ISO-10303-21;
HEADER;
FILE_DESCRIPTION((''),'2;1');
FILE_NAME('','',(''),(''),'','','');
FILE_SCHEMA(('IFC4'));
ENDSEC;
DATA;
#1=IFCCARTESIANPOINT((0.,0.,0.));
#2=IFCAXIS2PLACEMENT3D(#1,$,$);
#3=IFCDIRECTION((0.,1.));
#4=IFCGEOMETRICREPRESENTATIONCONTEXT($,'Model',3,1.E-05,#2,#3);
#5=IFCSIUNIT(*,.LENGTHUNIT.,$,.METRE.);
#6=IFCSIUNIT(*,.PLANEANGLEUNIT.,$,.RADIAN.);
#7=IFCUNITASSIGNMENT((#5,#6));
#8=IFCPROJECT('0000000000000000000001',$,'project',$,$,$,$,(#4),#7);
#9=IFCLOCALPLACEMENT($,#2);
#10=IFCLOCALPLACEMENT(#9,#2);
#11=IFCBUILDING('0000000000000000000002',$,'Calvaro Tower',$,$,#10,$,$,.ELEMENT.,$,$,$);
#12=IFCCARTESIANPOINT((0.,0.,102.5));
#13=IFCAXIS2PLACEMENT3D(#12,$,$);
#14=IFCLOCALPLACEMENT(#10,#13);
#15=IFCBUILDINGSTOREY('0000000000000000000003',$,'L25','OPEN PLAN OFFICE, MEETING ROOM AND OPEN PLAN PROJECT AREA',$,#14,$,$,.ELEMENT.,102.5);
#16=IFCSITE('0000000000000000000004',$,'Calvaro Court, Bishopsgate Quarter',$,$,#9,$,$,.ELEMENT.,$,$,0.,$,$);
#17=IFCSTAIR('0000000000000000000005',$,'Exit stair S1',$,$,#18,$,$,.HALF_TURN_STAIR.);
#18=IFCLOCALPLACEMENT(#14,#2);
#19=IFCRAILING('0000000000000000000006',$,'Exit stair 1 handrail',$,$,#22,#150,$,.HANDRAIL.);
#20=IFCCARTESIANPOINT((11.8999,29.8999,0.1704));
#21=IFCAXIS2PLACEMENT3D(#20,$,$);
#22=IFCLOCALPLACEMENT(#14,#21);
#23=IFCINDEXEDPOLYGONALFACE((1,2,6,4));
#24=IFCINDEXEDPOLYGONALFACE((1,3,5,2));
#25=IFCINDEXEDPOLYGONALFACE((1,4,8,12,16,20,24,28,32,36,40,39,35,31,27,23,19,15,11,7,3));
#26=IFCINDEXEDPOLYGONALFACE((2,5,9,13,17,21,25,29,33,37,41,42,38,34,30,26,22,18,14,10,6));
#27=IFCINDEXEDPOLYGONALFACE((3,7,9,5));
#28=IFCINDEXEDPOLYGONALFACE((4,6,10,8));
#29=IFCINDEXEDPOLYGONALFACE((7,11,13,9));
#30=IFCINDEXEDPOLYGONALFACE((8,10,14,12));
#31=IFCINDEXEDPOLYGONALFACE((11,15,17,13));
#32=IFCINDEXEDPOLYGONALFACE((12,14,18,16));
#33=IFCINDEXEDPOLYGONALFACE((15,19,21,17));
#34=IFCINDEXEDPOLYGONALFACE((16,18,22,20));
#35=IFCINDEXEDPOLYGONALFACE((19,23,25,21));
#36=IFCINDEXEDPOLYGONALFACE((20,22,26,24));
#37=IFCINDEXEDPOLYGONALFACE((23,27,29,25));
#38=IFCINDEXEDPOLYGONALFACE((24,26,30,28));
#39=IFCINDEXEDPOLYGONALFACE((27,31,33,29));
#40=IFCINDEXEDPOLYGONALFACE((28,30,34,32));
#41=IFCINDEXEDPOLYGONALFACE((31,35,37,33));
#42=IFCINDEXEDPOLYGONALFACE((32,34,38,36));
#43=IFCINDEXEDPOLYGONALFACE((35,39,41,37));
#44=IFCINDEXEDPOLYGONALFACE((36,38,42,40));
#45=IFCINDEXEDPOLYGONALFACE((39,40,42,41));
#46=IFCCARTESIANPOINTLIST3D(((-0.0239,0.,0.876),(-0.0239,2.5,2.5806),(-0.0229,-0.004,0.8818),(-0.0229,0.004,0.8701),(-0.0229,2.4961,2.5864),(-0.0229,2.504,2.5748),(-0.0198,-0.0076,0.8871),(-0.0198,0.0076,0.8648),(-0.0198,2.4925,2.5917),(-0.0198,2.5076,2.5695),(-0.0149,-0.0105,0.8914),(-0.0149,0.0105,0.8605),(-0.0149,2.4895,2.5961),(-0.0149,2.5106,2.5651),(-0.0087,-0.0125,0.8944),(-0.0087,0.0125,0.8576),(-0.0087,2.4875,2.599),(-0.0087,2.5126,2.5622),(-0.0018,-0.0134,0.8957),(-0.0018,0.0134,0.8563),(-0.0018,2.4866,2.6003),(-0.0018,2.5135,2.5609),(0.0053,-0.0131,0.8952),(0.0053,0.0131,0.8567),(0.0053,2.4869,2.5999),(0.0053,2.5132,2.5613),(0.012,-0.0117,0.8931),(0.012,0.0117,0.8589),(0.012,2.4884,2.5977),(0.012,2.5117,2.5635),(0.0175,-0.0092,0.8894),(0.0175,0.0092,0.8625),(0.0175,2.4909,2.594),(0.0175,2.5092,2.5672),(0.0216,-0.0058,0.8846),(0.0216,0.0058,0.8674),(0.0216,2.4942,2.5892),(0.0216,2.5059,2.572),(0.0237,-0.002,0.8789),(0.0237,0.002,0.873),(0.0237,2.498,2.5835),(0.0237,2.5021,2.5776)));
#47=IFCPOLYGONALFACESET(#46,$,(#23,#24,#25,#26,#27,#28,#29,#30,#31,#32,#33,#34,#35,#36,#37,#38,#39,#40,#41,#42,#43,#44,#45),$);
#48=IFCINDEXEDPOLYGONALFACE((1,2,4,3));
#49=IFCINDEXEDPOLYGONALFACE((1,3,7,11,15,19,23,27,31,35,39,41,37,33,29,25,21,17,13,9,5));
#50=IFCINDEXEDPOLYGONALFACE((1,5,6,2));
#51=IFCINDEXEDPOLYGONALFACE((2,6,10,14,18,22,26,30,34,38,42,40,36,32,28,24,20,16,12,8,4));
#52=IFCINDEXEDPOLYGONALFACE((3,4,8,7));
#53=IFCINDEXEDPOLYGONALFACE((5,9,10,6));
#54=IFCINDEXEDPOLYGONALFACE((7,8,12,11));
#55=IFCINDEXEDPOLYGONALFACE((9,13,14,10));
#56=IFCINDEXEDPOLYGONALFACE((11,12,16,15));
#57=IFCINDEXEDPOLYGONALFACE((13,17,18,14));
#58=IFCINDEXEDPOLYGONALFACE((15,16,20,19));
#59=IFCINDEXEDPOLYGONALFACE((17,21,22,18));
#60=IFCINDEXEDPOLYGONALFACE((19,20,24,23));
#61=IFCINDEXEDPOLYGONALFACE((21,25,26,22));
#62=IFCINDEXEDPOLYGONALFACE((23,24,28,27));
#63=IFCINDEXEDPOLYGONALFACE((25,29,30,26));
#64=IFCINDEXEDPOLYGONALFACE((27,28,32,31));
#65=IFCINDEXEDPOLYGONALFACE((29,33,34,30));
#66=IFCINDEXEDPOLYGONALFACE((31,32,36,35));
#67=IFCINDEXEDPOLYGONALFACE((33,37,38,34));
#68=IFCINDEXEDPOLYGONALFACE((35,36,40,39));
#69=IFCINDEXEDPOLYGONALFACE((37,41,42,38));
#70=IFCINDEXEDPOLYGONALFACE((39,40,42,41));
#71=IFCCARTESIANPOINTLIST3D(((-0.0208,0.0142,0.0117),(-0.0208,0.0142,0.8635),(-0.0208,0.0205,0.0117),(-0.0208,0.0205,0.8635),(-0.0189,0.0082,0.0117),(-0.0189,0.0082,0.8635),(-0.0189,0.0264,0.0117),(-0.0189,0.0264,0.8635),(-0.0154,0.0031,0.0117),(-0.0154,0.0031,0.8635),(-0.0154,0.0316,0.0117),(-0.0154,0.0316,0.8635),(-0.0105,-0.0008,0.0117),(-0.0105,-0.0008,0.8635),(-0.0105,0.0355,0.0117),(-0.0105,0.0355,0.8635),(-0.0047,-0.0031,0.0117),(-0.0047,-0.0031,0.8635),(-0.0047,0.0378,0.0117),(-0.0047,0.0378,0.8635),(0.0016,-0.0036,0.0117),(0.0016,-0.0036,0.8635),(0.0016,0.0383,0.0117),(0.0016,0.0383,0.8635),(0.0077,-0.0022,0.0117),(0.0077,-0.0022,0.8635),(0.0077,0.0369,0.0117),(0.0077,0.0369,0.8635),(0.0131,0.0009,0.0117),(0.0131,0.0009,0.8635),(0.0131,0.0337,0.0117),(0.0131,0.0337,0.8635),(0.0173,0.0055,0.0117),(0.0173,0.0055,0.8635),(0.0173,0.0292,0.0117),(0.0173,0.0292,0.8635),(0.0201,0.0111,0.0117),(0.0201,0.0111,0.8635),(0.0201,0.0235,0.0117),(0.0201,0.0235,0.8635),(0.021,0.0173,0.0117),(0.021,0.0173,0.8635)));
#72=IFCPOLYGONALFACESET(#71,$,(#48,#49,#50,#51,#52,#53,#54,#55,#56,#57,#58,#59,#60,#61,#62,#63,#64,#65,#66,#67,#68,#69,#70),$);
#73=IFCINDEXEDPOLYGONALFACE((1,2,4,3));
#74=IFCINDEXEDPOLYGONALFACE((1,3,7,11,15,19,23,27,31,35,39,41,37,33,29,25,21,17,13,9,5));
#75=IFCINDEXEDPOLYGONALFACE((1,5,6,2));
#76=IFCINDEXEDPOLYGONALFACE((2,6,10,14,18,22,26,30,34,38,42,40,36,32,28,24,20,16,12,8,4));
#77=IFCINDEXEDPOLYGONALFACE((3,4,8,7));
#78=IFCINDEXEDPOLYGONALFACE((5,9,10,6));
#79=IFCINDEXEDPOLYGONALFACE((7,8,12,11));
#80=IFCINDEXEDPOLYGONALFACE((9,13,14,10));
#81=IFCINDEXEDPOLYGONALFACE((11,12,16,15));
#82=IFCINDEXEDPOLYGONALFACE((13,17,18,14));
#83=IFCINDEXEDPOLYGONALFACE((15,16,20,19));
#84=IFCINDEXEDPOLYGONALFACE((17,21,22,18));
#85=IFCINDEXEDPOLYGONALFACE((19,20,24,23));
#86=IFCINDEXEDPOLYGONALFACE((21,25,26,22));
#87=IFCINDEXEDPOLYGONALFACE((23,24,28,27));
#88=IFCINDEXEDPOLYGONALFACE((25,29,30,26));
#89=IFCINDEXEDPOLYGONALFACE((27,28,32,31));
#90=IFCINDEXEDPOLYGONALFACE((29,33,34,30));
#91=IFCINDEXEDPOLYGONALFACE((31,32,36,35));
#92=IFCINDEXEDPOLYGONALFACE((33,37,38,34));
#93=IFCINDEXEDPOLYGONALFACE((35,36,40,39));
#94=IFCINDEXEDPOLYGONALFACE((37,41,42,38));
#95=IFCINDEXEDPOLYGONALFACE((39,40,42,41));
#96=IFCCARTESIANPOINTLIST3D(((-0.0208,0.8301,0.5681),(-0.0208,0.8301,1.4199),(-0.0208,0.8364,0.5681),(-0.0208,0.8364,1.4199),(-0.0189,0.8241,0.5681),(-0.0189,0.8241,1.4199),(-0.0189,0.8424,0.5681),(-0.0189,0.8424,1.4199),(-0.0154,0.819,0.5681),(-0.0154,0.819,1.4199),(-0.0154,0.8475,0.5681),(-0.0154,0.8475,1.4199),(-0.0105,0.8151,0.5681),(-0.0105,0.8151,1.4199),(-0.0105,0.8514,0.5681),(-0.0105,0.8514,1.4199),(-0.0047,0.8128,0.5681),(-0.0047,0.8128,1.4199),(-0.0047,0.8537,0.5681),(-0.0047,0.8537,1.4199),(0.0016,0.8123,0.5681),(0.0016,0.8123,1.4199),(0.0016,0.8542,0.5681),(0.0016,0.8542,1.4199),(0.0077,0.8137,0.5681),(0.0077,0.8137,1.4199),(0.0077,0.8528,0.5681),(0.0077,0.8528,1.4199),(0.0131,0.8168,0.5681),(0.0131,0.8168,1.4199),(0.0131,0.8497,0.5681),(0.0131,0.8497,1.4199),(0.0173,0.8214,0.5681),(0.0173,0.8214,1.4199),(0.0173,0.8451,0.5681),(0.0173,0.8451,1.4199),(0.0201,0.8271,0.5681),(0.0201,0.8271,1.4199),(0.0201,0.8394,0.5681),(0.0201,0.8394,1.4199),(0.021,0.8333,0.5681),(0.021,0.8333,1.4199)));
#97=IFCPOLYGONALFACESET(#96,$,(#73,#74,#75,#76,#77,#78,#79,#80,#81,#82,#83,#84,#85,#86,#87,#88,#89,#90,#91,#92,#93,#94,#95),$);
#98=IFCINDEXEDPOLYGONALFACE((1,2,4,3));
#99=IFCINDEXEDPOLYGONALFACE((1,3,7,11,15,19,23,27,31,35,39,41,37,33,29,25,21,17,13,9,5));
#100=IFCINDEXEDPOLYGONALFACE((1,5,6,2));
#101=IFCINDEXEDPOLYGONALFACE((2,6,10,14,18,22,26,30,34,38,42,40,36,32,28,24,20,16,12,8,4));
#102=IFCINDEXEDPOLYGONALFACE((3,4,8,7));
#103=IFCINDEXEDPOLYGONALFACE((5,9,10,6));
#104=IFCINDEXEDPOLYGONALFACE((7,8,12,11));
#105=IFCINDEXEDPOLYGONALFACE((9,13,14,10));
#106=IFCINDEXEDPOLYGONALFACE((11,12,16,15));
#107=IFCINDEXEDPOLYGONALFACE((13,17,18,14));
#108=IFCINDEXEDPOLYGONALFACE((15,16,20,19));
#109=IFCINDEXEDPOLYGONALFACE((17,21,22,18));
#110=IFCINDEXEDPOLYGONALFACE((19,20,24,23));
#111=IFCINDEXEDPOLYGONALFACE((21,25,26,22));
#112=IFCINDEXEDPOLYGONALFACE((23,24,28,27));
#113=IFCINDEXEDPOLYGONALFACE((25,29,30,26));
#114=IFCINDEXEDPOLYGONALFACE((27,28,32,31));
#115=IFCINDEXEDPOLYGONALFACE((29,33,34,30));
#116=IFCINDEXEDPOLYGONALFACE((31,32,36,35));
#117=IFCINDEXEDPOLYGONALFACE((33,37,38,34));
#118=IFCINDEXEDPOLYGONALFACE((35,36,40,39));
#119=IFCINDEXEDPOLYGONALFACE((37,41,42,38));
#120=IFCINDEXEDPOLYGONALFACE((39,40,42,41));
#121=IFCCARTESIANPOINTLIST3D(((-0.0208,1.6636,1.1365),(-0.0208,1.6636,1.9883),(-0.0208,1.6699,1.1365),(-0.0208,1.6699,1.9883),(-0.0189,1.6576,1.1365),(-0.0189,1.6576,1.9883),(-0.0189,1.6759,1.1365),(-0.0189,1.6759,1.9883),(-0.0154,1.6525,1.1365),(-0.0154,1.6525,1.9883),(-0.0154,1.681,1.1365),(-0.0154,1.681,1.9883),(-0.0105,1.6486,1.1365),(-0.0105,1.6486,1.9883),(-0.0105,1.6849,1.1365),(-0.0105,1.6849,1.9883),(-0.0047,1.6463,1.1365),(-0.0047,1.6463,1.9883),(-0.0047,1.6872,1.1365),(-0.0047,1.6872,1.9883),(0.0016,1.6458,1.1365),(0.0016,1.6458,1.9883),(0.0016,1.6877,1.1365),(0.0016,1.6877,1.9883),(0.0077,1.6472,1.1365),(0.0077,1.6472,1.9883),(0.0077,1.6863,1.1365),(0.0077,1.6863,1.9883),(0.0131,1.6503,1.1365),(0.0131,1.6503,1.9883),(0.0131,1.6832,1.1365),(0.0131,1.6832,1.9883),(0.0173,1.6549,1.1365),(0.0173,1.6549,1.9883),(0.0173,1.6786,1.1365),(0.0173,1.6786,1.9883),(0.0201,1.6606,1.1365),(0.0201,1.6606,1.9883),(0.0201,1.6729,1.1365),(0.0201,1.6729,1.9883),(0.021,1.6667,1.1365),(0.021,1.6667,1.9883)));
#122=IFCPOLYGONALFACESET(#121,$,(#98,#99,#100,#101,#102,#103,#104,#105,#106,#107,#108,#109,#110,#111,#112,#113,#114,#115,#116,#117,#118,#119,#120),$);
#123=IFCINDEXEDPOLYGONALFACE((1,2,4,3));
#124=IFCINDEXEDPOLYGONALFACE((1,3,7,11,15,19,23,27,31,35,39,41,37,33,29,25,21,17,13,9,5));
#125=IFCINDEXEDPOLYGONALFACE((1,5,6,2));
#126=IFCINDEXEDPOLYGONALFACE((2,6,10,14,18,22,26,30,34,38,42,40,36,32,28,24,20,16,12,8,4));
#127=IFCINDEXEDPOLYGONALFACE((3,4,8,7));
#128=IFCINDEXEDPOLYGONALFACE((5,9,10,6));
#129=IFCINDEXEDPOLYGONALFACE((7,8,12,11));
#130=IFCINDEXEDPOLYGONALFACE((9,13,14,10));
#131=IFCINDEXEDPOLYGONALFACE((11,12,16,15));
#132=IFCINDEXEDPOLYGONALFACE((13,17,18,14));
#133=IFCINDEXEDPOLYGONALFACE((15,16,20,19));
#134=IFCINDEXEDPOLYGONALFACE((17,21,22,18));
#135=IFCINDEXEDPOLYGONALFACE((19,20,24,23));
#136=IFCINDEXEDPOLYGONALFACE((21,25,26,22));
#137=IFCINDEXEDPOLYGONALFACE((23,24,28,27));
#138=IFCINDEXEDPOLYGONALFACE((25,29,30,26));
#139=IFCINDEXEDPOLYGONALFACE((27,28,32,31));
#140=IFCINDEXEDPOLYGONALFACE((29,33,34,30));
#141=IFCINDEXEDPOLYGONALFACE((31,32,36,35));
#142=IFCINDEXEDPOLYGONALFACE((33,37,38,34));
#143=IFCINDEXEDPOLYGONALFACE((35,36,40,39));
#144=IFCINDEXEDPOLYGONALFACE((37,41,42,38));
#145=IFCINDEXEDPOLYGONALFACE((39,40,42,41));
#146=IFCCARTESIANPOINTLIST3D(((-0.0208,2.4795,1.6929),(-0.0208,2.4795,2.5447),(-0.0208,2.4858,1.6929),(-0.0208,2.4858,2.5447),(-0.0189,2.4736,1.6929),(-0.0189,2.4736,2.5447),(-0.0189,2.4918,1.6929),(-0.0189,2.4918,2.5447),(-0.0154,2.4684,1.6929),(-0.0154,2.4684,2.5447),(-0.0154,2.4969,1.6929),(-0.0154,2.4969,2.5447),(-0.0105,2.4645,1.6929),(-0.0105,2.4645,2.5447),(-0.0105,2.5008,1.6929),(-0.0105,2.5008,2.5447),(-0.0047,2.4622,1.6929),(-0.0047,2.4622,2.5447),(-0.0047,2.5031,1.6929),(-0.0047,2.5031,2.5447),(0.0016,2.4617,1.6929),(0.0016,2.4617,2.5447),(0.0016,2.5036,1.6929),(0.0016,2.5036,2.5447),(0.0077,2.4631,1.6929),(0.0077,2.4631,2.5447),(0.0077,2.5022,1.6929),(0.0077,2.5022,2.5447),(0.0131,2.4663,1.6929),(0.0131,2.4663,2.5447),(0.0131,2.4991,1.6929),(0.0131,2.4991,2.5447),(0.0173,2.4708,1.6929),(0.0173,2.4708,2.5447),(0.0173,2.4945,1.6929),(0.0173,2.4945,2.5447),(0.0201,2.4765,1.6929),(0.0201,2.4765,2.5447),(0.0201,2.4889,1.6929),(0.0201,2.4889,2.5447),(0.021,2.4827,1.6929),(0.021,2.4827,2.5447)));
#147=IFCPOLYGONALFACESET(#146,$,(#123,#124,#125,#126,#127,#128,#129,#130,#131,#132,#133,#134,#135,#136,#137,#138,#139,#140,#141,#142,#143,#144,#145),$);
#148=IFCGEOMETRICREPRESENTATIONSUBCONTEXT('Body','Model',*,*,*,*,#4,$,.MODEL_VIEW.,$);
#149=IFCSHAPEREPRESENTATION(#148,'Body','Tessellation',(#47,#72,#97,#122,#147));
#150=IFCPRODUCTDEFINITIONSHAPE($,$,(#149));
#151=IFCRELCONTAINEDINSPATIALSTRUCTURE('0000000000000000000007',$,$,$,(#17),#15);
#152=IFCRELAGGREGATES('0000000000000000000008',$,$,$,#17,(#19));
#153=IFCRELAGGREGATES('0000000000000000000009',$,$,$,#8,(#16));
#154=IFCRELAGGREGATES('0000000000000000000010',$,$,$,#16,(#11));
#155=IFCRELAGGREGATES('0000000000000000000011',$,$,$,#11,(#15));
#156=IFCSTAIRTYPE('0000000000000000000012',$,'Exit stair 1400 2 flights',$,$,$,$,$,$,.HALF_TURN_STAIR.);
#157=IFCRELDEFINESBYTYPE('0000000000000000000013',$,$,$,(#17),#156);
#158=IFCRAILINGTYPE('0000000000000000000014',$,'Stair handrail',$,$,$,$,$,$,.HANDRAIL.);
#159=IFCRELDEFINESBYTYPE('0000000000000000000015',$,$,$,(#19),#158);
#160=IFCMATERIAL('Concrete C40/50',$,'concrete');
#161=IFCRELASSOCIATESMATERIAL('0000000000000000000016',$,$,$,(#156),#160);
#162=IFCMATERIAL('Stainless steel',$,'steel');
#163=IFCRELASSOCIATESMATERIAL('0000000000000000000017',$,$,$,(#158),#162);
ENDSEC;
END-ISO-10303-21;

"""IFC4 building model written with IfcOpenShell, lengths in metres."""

from ifc_helpers import new_model, si_unit, direction, frame, origin, origin_2d, place, context, subcontext, project, spatial, circle, extrude, material, type_object, element, aggregate, save


model = new_model("IFC4")

# Units and contexts
model_context = context("Model", 3, precision=1e-05, world=origin(), true_north=direction((0.0, 1.0)))
body_context = subcontext(model_context, "Body", "Model", "MODEL_VIEW")
ifc_project = project(units=[si_unit("LENGTHUNIT", "METRE"), si_unit("PLANEANGLEUNIT", "RADIAN")], contexts=[model_context])

# Site, building, storey
site_placement = place(None, origin())
site = spatial("IfcSite", under=ifc_project, at=site_placement, Name="Calvaro Court, Bishopsgate Quarter", CompositionType="ELEMENT", RefElevation=0.0)
building_placement = place(site_placement, origin())
building = spatial("IfcBuilding", under=site, at=building_placement, Name="Calvaro Tower", CompositionType="ELEMENT")
storey_placement = place(building_placement, frame((0.0, 0.0, 102.5)))
storey = spatial("IfcBuildingStorey", under=building, at=storey_placement, Name="L25", Description="OPEN PLAN OFFICE, MEETING ROOM AND OPEN PLAN PROJECT AREA", CompositionType="ELEMENT", Elevation=102.5)

# Stair, railing
ifc_material_1 = material(Name="Concrete C40/50", Category="concrete")
stair_type = type_object("IfcStairType", Name="Exit stair 1400 2 flights", PredefinedType="HALF_TURN_STAIR", material=ifc_material_1)
stair_placement = place(storey_placement, origin())
stair = element("IfcStair", 1, at=stair_placement, inside=storey, type_object=stair_type, Name="Exit stair S1", PredefinedType="HALF_TURN_STAIR")
ifc_material_2 = material(Name="Stainless steel", Category="steel")
railing_type = type_object("IfcRailingType", Name="Stair handrail", PredefinedType="HANDRAIL", material=ifc_material_2)
railing_1_placement = place(storey_placement, frame((11.8999, 29.8999, 0.1704)))
railing_1 = element("IfcRailing", 2, at=railing_1_placement, type_object=railing_type, Name="Exit stair 1 handrail", PredefinedType="HANDRAIL", context=body_context, shape_type="SweptSolid", body=[
    extrude(circle(Radius=0.0239, at=origin_2d()), frame((0.0, 0.0, 0.876), z_axis=(0.0, 0.826221, 0.563347), x_axis=(-1.0, 0.0, 0.0)), (0.0, 0.0, 1.0), 3.0259),
    extrude(circle(Radius=0.021, at=origin_2d()), frame((0.0, 0.0173, 0.0117)), (0.0, 0.0, 1.0), 0.8518),
    extrude(circle(Radius=0.021, at=origin_2d()), frame((0.0, 0.8333, 0.5681)), (0.0, 0.0, 1.0), 0.8518),
    extrude(circle(Radius=0.021, at=origin_2d()), frame((0.0, 1.6667, 1.1365)), (0.0, 0.0, 1.0), 0.8518),
    extrude(circle(Radius=0.021, at=origin_2d()), frame((0.0, 2.4827, 1.6929)), (0.0, 0.0, 1.0), 0.8518),
])
aggregate(stair, [railing_1])

save(model, "model.ifc")
